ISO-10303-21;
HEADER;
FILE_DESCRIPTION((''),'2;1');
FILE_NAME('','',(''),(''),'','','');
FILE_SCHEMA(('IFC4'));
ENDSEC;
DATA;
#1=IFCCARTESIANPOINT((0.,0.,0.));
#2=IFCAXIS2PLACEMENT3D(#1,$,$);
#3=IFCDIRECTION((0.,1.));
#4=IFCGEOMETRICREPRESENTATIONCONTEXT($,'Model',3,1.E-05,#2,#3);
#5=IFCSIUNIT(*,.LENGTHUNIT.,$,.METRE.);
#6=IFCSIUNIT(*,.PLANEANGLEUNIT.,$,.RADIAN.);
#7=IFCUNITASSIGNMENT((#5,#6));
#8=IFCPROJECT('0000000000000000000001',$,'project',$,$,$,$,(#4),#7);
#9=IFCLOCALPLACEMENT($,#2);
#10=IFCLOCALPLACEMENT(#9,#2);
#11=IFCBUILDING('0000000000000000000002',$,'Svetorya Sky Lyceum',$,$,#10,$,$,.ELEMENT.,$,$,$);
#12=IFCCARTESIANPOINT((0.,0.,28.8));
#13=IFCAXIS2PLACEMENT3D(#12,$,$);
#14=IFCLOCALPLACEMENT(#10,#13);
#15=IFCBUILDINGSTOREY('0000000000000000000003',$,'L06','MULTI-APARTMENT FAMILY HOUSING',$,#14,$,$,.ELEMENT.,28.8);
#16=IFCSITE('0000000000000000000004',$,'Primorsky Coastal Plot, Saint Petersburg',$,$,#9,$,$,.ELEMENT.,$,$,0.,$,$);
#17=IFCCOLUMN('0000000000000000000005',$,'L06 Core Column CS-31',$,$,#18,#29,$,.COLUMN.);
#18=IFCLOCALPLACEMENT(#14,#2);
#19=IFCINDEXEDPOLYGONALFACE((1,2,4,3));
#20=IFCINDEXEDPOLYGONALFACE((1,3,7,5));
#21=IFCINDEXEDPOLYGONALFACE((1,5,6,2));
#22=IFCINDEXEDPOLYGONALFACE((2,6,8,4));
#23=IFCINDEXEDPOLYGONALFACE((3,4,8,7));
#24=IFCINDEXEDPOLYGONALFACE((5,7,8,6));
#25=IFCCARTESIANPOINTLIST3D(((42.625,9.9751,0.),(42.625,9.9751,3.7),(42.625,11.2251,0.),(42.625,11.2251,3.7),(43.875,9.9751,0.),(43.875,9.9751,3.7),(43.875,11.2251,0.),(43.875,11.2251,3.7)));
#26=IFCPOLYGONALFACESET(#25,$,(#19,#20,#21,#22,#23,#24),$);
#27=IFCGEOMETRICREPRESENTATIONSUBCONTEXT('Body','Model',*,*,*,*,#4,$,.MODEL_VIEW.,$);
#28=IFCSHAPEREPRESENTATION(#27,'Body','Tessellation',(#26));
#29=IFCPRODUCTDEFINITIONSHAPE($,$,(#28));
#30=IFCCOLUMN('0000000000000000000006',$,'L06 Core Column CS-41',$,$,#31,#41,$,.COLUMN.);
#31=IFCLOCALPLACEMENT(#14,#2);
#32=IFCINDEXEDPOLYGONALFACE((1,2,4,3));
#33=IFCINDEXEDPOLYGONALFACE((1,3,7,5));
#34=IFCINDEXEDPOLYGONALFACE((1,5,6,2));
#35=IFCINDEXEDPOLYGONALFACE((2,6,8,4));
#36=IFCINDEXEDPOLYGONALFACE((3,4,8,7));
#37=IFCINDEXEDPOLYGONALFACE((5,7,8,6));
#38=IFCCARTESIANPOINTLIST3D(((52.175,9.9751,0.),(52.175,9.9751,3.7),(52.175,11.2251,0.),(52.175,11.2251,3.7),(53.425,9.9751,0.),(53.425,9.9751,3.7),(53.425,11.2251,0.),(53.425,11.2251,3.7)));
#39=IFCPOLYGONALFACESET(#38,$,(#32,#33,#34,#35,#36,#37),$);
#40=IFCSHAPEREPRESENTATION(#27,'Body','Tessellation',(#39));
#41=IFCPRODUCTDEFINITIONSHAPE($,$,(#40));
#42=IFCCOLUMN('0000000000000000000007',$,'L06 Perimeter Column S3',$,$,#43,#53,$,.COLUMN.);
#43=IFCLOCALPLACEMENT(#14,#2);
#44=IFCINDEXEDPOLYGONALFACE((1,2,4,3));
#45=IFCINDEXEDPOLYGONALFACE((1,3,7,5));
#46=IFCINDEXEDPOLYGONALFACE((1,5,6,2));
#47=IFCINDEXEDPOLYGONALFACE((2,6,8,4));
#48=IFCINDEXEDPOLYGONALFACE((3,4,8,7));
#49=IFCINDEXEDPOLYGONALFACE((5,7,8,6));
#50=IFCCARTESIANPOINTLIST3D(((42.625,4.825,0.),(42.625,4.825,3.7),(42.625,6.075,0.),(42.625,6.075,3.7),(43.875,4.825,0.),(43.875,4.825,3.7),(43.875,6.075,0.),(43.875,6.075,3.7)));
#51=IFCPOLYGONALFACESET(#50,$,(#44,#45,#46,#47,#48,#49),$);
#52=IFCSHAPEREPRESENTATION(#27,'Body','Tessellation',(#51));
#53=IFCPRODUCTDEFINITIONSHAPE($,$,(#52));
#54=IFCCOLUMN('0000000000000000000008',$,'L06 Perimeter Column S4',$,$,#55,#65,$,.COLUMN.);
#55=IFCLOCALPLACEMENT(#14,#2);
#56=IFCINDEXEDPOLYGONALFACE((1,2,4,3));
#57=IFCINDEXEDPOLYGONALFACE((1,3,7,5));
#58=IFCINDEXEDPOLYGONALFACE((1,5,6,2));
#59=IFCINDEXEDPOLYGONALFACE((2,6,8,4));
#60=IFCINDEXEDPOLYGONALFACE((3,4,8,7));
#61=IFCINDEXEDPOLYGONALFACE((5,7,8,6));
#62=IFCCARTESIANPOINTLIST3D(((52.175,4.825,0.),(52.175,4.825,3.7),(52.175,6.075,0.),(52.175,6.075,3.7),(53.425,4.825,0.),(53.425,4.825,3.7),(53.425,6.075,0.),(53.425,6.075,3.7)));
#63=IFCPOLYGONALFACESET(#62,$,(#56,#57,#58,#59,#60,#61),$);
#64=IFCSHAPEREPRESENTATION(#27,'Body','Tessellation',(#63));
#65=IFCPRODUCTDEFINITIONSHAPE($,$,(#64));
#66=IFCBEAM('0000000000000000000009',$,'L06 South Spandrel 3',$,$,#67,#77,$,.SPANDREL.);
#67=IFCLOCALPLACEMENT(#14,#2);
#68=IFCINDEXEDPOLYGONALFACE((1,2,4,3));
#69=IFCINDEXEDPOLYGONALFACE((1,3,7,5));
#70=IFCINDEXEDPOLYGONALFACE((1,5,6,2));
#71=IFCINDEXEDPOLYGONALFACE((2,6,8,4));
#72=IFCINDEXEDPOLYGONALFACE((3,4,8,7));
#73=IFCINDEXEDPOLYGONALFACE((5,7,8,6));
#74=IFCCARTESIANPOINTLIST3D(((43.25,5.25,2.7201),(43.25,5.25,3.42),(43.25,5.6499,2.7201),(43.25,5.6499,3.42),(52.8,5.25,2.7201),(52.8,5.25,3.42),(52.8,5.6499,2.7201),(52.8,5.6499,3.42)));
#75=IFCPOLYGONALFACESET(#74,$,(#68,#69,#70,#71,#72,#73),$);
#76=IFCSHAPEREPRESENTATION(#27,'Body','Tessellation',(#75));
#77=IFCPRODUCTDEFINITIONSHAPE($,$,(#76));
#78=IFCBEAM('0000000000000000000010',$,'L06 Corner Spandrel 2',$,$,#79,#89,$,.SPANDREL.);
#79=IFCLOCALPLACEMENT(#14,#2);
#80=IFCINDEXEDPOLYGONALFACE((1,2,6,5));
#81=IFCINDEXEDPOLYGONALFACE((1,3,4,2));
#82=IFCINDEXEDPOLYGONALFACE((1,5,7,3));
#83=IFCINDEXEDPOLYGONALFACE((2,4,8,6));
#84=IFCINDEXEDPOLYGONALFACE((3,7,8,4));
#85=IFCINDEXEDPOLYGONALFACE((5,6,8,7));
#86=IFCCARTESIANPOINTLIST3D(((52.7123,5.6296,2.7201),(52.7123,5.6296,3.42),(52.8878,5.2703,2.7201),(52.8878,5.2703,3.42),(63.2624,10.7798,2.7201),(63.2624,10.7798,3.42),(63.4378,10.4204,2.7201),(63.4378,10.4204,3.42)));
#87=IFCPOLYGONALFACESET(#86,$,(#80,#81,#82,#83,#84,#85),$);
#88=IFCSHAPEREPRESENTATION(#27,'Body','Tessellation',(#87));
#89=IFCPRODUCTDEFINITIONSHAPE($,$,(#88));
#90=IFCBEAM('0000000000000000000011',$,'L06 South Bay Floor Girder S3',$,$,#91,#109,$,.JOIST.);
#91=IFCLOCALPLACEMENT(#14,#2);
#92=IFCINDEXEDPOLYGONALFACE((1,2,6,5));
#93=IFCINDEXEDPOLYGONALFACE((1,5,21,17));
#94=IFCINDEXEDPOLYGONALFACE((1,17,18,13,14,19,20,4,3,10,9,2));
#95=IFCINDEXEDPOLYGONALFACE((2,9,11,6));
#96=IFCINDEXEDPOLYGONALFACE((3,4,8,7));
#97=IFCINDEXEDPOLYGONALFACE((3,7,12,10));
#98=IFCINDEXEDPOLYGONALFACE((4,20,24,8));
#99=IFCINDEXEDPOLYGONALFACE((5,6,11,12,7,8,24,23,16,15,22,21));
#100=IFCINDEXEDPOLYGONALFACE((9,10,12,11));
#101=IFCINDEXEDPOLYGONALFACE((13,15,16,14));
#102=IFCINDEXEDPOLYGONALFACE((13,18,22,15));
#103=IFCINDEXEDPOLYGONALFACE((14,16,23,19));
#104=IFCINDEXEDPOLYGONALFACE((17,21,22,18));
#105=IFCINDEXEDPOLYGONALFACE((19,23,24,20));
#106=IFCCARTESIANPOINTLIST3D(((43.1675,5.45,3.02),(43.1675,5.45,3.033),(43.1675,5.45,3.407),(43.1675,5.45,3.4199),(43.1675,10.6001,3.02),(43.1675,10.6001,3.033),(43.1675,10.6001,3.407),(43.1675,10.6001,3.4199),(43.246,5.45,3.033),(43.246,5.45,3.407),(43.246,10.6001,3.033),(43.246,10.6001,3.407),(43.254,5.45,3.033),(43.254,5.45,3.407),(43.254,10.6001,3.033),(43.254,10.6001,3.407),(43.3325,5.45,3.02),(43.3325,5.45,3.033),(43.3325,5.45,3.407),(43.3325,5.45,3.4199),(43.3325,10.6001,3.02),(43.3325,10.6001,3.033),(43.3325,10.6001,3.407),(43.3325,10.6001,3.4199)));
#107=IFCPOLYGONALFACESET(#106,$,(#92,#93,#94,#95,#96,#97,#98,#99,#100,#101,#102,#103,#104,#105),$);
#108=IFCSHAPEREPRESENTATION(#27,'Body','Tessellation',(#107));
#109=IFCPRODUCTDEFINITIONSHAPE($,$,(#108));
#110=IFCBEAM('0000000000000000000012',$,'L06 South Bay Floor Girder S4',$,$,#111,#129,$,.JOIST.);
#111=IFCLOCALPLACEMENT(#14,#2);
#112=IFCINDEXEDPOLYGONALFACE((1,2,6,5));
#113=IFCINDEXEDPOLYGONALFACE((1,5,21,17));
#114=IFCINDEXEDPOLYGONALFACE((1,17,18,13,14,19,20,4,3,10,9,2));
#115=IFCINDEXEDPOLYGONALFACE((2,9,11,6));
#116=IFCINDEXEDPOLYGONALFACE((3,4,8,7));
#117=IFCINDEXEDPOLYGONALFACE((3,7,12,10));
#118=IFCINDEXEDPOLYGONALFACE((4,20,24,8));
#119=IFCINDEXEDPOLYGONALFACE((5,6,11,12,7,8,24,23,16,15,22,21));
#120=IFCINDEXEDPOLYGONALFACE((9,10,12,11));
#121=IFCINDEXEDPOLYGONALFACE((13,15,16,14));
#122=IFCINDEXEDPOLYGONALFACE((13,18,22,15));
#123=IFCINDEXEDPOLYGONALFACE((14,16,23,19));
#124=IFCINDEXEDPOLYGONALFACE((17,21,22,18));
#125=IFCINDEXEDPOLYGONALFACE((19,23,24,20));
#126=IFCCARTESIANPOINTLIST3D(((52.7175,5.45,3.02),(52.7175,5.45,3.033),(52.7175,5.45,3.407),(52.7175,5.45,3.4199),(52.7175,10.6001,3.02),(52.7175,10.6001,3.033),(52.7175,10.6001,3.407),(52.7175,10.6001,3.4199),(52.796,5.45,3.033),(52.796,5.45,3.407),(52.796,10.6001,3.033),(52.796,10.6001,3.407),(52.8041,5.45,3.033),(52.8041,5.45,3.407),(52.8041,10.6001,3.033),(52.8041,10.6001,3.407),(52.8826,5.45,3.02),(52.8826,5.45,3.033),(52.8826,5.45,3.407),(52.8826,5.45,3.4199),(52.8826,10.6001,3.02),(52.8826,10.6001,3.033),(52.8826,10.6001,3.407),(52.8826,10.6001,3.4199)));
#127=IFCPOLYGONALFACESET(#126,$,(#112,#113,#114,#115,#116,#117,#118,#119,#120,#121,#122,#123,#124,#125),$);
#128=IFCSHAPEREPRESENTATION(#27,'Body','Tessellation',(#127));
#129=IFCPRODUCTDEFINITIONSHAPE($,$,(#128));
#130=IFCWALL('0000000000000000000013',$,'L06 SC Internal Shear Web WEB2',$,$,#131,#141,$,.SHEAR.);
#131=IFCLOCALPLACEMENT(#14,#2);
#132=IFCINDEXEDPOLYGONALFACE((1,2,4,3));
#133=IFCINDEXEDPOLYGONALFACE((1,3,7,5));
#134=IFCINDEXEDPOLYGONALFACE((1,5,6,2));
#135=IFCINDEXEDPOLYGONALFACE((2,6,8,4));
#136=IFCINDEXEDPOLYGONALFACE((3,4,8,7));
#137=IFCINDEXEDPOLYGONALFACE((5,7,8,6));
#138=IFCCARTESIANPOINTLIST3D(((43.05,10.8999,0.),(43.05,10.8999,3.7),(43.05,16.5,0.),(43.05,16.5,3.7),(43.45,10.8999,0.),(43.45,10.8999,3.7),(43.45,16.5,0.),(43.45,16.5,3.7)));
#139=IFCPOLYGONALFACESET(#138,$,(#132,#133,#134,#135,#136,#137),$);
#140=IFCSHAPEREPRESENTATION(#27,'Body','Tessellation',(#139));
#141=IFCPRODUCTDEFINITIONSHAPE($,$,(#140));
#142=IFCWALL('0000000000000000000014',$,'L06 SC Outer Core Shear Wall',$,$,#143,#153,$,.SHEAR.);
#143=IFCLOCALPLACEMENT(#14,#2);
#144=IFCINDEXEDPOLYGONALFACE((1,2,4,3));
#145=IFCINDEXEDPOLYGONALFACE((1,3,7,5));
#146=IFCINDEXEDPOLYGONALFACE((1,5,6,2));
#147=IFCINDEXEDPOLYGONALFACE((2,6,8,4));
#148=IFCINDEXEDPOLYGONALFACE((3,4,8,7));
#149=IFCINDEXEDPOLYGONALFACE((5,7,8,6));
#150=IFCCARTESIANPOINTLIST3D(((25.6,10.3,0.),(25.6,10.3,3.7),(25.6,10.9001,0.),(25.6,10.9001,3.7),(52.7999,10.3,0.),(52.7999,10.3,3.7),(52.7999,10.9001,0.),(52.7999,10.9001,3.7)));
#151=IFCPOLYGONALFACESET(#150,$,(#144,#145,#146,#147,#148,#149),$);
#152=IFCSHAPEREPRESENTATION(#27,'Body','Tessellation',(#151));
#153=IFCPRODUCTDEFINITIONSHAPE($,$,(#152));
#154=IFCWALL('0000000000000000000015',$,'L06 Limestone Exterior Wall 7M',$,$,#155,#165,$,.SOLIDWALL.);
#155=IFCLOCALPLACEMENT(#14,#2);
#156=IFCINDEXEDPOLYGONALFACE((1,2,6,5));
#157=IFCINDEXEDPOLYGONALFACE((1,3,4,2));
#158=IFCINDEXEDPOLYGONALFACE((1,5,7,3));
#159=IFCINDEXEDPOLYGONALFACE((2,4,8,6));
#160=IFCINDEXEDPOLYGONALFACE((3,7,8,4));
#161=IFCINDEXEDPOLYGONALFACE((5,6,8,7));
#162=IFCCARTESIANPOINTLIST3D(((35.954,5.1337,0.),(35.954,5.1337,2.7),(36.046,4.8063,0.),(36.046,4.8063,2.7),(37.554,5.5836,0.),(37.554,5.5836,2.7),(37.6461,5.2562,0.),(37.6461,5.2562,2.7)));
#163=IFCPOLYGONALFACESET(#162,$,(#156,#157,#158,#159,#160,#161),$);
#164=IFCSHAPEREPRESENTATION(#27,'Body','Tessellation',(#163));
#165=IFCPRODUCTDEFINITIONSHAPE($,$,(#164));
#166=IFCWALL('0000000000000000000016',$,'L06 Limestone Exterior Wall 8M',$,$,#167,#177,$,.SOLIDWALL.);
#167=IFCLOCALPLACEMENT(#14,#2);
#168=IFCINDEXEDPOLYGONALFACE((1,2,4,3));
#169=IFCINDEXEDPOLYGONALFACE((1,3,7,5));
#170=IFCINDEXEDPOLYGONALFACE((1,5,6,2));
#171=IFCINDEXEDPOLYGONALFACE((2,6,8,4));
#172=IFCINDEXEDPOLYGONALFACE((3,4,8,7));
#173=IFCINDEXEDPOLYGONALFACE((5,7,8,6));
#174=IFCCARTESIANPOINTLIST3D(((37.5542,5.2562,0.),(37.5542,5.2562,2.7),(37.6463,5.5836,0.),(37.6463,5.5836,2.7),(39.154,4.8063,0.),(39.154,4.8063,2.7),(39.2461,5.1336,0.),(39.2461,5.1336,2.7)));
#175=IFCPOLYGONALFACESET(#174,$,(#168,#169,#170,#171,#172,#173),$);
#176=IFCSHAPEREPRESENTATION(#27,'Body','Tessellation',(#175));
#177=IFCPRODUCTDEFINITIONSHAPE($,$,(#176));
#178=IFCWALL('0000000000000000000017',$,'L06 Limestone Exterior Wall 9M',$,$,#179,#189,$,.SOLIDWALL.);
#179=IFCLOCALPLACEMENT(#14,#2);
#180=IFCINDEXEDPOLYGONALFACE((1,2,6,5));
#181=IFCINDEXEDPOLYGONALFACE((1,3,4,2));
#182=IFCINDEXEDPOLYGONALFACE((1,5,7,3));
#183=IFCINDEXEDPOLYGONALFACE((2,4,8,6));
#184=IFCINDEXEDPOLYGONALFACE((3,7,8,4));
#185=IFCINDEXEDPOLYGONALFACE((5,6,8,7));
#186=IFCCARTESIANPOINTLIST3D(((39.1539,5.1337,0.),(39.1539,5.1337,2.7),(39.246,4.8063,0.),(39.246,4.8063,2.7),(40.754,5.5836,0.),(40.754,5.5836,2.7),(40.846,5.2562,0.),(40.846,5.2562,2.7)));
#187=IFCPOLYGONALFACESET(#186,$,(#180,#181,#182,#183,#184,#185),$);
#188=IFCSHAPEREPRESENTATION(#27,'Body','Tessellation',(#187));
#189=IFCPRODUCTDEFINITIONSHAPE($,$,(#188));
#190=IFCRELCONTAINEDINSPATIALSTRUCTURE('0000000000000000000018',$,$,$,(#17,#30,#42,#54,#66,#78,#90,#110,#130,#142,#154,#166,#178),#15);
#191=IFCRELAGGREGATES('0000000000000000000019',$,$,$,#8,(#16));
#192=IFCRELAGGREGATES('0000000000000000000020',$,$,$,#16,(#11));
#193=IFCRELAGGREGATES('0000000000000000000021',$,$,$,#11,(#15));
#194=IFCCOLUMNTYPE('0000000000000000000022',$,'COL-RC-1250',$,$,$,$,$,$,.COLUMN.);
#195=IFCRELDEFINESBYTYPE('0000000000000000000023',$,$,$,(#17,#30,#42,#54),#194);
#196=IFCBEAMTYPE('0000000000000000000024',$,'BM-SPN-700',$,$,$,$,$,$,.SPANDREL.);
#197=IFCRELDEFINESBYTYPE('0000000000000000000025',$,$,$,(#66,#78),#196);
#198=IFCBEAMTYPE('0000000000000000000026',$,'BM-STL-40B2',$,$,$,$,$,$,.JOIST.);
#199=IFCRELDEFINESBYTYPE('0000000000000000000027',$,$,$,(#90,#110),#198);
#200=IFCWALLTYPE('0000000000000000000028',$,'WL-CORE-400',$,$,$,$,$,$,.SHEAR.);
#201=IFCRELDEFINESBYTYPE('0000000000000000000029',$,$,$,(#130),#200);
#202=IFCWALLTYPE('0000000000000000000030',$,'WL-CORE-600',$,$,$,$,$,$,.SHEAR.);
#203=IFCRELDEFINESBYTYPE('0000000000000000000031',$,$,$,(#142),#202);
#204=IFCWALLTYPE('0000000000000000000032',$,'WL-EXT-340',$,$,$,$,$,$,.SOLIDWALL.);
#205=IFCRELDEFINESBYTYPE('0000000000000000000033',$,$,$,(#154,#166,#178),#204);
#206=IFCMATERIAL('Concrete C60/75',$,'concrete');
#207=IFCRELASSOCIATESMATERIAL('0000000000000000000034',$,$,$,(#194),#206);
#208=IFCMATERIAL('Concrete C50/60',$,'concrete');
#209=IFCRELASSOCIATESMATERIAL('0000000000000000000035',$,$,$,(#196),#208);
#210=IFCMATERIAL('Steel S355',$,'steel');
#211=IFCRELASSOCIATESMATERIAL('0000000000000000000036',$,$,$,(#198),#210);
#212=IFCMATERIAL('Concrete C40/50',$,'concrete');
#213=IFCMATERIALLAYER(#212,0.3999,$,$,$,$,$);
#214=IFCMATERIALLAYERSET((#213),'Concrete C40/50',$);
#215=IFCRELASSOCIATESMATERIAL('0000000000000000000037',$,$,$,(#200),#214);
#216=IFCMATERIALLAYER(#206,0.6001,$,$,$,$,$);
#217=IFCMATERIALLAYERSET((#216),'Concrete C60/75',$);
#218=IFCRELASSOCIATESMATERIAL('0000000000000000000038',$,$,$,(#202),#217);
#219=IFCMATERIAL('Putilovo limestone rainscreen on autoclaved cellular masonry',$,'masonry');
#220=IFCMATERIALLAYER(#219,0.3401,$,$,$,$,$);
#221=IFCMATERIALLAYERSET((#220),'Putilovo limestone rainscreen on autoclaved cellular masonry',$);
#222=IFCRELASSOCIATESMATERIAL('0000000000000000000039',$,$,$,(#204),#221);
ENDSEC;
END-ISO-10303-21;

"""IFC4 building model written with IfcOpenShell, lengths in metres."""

from ifc_helpers import new_model, si_unit, direction, frame, frame_2d, origin, origin_2d, place, context, subcontext, project, spatial, rectangle, i_section, extrude, material, layer, layer_set, material_profile, profile_set, type_object, element, save


model = new_model("IFC4")

# Units and contexts
model_context = context("Model", 3, precision=1e-05, world=origin(), true_north=direction((0.0, 1.0)))
body_context = subcontext(model_context, "Body", "Model", "MODEL_VIEW")
ifc_project = project(units=[si_unit("LENGTHUNIT", "METRE"), si_unit("PLANEANGLEUNIT", "RADIAN")], contexts=[model_context])

# Site, building, storey
site_placement = place(None, origin())
site = spatial("IfcSite", under=ifc_project, at=site_placement, Name="Primorsky Coastal Plot, Saint Petersburg", CompositionType="ELEMENT", RefElevation=0.0)
building_placement = place(site_placement, origin())
building = spatial("IfcBuilding", under=site, at=building_placement, Name="Svetorya Sky Lyceum", CompositionType="ELEMENT")
storey_placement = place(building_placement, frame((0.0, 0.0, 28.8)))
storey = spatial("IfcBuildingStorey", under=building, at=storey_placement, Name="L06", Description="MULTI-APARTMENT FAMILY HOUSING", CompositionType="ELEMENT", Elevation=28.8)

# Columns
ifc_material_1 = material(Name="Concrete C60/75", Category="concrete")
ifc_material_profile_1 = material_profile(ifc_material_1, rectangle(XDim=1.25, YDim=1.25, at=origin_2d()), Name="RC COL 1250x1250")
ifc_profile_set_1 = profile_set([ifc_material_profile_1], Name="Concrete C60/75")
column_type = type_object("IfcColumnType", Name="COL-RC-1250", PredefinedType="COLUMN", material=ifc_profile_set_1)
for number, where, z_axis, x_axis, name in (
    (1, (43.25, 10.6001, 0.0), (0.0, 0.0, 1.0), (1.0, 0.0, 0.0), "L06 Core Column CS-31"),
    (2, (52.8, 10.6001, 0.0), (0.0, 0.0, 1.0), (1.0, 0.0, 0.0), "L06 Core Column CS-41"),
    (3, (43.25, 5.45, 0.0), (0.0, 0.0, 1.0), (1.0, 0.0, 0.0), "L06 Perimeter Column S3"),
    (4, (52.8, 5.45, 0.0), (0.0, 0.0, 1.0), (1.0, 0.0, 0.0), "L06 Perimeter Column S4"),
):
    element("IfcColumn", number, at=place(storey_placement, frame(where, z_axis=z_axis, x_axis=x_axis)), inside=storey, type_object=column_type, Name=name, PredefinedType="COLUMN", context=body_context, shape_type="SweptSolid", body=[
        extrude(rectangle(XDim=1.25, YDim=1.25, at=origin_2d()), origin(), (0.0, 0.0, 1.0), 3.7),
    ])

# Beams
ifc_material_2 = material(Name="Concrete C50/60", Category="concrete")
ifc_material_profile_2 = material_profile(ifc_material_2, rectangle(XDim=0.3999, YDim=0.7, at=origin_2d()), Name="RC SPANDREL 400x700")
ifc_profile_set_2 = profile_set([ifc_material_profile_2], Name="Concrete C50/60")
beam_type_1 = type_object("IfcBeamType", Name="BM-SPN-700", PredefinedType="SPANDREL", material=ifc_profile_set_2)
beam_1_placement = place(storey_placement, frame((43.25, 5.45, 3.0701), z_axis=(1.0, 0.0, 0.0), x_axis=(0.0, 1.0, 0.0)))
element("IfcBeam", 5, at=beam_1_placement, inside=storey, type_object=beam_type_1, Name="L06 South Spandrel 3", PredefinedType="SPANDREL", context=body_context, shape_type="SweptSolid", body=[
    extrude(rectangle(XDim=0.3999, YDim=0.7, at=origin_2d()), origin(), (0.0, 0.0, 1.0), 9.55),
])
beam_2_placement = place(storey_placement, frame((52.8, 5.45, 3.0701), z_axis=(0.898641, 0.438684, 0.0), x_axis=(-0.438684, 0.898641, 0.0)))
element("IfcBeam", 6, at=beam_2_placement, inside=storey, type_object=beam_type_1, Name="L06 Corner Spandrel 2", PredefinedType="SPANDREL", context=body_context, shape_type="SweptSolid", body=[
    extrude(rectangle(XDim=0.3999, YDim=0.7, at=origin_2d()), origin(), (0.0, 0.0, 1.0), 11.74),
])
ifc_material_3 = material(Name="Steel S355", Category="steel")
ifc_material_profile_3 = material_profile(ifc_material_3, i_section(OverallWidth=0.165, OverallDepth=0.3999, WebThickness=0.0081, FlangeThickness=0.0129, at=origin_2d()), Name="GOST 40B2")
ifc_profile_set_3 = profile_set([ifc_material_profile_3], Name="Steel S355")
beam_type_2 = type_object("IfcBeamType", Name="BM-STL-40B2", PredefinedType="JOIST", material=ifc_profile_set_3)
for number, where, z_axis, x_axis, name in (
    (7, (43.25, 5.45, 3.22), (0.0, 1.0, 0.0), (-1.0, 0.0, 0.0), "L06 South Bay Floor Girder S3"),
    (8, (52.8, 5.45, 3.22), (0.0, 1.0, 0.0), (-1.0, 0.0, 0.0), "L06 South Bay Floor Girder S4"),
):
    element("IfcBeam", number, at=place(storey_placement, frame(where, z_axis=z_axis, x_axis=x_axis)), inside=storey, type_object=beam_type_2, Name=name, PredefinedType="JOIST", context=body_context, shape_type="SweptSolid", body=[
        extrude(i_section(OverallWidth=0.165, OverallDepth=0.3999, WebThickness=0.0081, FlangeThickness=0.0129, at=origin_2d()), origin(), (0.0, 0.0, 1.0), 5.1501),
    ])

# Walls
ifc_material_4 = material(Name="Concrete C40/50", Category="concrete")
ifc_layer_1 = layer(ifc_material_4, 0.3999)
ifc_layer_set_1 = layer_set([ifc_layer_1], Name="Concrete C40/50")
wall_type_1 = type_object("IfcWallType", Name="WL-CORE-400", PredefinedType="SHEAR", material=ifc_layer_set_1)
wall_1_placement = place(storey_placement, frame((43.25, 10.8999, 0.0), z_axis=(0.0, 0.0, 1.0), x_axis=(0.0, 1.0, 0.0)))
element("IfcWall", 9, at=wall_1_placement, inside=storey, type_object=wall_type_1, Name="L06 SC Internal Shear Web WEB2", PredefinedType="SHEAR", context=body_context, shape_type="SweptSolid", body=[
    extrude(rectangle(XDim=5.6001, YDim=0.3999, at=frame_2d((2.8, 0.0))), origin(), (0.0, 0.0, 1.0), 3.7),
])
ifc_layer_2 = layer(ifc_material_1, 0.6001)
ifc_layer_set_2 = layer_set([ifc_layer_2], Name="Concrete C60/75")
wall_type_2 = type_object("IfcWallType", Name="WL-CORE-600", PredefinedType="SHEAR", material=ifc_layer_set_2)
wall_2_placement = place(storey_placement, frame((52.8, 10.6001, 0.0), z_axis=(0.0, 0.0, 1.0), x_axis=(-1.0, 0.0, 0.0)))
element("IfcWall", 10, at=wall_2_placement, inside=storey, type_object=wall_type_2, Name="L06 SC Outer Core Shear Wall", PredefinedType="SHEAR", context=body_context, shape_type="SweptSolid", body=[
    extrude(rectangle(XDim=27.2, YDim=0.6001, at=frame_2d((13.6001, 0.0))), origin(), (0.0, 0.0, 1.0), 3.7),
])
ifc_material_5 = material(Name="Putilovo limestone rainscreen on autoclaved cellular masonry", Category="masonry")
ifc_layer_3 = layer(ifc_material_5, 0.3401)
ifc_layer_set_3 = layer_set([ifc_layer_3], Name="Putilovo limestone rainscreen on autoclaved cellular masonry")
wall_type_3 = type_object("IfcWallType", Name="WL-EXT-340", PredefinedType="SOLIDWALL", material=ifc_layer_set_3)
wall_3_placement = place(storey_placement, frame((36.0, 4.97, 0.0), z_axis=(0.0, 0.0, 1.0), x_axis=(0.962663, 0.270703, 0.0)))
element("IfcWall", 11, at=wall_3_placement, inside=storey, type_object=wall_type_3, Name="L06 Limestone Exterior Wall 7M", PredefinedType="SOLIDWALL", context=body_context, shape_type="SweptSolid", body=[
    extrude(rectangle(XDim=1.6621, YDim=0.3401, at=frame_2d((0.8311, 0.0))), origin(), (0.0, 0.0, 1.0), 2.7),
])
wall_4_placement = place(storey_placement, frame((37.6001, 5.4199, 0.0), z_axis=(0.0, 0.0, 1.0), x_axis=(0.962652, -0.270741, 0.0)))
element("IfcWall", 12, at=wall_4_placement, inside=storey, type_object=wall_type_3, Name="L06 Limestone Exterior Wall 8M", PredefinedType="SOLIDWALL", context=body_context, shape_type="SweptSolid", body=[
    extrude(rectangle(XDim=1.6619, YDim=0.3401, at=frame_2d((0.8311, 0.0))), origin(), (0.0, 0.0, 1.0), 2.7),
])
wall_5_placement = place(storey_placement, frame((39.2, 4.97, 0.0), z_axis=(0.0, 0.0, 1.0), x_axis=(0.962663, 0.270703, 0.0)))
element("IfcWall", 13, at=wall_5_placement, inside=storey, type_object=wall_type_3, Name="L06 Limestone Exterior Wall 9M", PredefinedType="SOLIDWALL", context=body_context, shape_type="SweptSolid", body=[
    extrude(rectangle(XDim=1.6621, YDim=0.3401, at=frame_2d((0.8311, 0.0))), origin(), (0.0, 0.0, 1.0), 2.7),
])

save(model, "model.ifc")
